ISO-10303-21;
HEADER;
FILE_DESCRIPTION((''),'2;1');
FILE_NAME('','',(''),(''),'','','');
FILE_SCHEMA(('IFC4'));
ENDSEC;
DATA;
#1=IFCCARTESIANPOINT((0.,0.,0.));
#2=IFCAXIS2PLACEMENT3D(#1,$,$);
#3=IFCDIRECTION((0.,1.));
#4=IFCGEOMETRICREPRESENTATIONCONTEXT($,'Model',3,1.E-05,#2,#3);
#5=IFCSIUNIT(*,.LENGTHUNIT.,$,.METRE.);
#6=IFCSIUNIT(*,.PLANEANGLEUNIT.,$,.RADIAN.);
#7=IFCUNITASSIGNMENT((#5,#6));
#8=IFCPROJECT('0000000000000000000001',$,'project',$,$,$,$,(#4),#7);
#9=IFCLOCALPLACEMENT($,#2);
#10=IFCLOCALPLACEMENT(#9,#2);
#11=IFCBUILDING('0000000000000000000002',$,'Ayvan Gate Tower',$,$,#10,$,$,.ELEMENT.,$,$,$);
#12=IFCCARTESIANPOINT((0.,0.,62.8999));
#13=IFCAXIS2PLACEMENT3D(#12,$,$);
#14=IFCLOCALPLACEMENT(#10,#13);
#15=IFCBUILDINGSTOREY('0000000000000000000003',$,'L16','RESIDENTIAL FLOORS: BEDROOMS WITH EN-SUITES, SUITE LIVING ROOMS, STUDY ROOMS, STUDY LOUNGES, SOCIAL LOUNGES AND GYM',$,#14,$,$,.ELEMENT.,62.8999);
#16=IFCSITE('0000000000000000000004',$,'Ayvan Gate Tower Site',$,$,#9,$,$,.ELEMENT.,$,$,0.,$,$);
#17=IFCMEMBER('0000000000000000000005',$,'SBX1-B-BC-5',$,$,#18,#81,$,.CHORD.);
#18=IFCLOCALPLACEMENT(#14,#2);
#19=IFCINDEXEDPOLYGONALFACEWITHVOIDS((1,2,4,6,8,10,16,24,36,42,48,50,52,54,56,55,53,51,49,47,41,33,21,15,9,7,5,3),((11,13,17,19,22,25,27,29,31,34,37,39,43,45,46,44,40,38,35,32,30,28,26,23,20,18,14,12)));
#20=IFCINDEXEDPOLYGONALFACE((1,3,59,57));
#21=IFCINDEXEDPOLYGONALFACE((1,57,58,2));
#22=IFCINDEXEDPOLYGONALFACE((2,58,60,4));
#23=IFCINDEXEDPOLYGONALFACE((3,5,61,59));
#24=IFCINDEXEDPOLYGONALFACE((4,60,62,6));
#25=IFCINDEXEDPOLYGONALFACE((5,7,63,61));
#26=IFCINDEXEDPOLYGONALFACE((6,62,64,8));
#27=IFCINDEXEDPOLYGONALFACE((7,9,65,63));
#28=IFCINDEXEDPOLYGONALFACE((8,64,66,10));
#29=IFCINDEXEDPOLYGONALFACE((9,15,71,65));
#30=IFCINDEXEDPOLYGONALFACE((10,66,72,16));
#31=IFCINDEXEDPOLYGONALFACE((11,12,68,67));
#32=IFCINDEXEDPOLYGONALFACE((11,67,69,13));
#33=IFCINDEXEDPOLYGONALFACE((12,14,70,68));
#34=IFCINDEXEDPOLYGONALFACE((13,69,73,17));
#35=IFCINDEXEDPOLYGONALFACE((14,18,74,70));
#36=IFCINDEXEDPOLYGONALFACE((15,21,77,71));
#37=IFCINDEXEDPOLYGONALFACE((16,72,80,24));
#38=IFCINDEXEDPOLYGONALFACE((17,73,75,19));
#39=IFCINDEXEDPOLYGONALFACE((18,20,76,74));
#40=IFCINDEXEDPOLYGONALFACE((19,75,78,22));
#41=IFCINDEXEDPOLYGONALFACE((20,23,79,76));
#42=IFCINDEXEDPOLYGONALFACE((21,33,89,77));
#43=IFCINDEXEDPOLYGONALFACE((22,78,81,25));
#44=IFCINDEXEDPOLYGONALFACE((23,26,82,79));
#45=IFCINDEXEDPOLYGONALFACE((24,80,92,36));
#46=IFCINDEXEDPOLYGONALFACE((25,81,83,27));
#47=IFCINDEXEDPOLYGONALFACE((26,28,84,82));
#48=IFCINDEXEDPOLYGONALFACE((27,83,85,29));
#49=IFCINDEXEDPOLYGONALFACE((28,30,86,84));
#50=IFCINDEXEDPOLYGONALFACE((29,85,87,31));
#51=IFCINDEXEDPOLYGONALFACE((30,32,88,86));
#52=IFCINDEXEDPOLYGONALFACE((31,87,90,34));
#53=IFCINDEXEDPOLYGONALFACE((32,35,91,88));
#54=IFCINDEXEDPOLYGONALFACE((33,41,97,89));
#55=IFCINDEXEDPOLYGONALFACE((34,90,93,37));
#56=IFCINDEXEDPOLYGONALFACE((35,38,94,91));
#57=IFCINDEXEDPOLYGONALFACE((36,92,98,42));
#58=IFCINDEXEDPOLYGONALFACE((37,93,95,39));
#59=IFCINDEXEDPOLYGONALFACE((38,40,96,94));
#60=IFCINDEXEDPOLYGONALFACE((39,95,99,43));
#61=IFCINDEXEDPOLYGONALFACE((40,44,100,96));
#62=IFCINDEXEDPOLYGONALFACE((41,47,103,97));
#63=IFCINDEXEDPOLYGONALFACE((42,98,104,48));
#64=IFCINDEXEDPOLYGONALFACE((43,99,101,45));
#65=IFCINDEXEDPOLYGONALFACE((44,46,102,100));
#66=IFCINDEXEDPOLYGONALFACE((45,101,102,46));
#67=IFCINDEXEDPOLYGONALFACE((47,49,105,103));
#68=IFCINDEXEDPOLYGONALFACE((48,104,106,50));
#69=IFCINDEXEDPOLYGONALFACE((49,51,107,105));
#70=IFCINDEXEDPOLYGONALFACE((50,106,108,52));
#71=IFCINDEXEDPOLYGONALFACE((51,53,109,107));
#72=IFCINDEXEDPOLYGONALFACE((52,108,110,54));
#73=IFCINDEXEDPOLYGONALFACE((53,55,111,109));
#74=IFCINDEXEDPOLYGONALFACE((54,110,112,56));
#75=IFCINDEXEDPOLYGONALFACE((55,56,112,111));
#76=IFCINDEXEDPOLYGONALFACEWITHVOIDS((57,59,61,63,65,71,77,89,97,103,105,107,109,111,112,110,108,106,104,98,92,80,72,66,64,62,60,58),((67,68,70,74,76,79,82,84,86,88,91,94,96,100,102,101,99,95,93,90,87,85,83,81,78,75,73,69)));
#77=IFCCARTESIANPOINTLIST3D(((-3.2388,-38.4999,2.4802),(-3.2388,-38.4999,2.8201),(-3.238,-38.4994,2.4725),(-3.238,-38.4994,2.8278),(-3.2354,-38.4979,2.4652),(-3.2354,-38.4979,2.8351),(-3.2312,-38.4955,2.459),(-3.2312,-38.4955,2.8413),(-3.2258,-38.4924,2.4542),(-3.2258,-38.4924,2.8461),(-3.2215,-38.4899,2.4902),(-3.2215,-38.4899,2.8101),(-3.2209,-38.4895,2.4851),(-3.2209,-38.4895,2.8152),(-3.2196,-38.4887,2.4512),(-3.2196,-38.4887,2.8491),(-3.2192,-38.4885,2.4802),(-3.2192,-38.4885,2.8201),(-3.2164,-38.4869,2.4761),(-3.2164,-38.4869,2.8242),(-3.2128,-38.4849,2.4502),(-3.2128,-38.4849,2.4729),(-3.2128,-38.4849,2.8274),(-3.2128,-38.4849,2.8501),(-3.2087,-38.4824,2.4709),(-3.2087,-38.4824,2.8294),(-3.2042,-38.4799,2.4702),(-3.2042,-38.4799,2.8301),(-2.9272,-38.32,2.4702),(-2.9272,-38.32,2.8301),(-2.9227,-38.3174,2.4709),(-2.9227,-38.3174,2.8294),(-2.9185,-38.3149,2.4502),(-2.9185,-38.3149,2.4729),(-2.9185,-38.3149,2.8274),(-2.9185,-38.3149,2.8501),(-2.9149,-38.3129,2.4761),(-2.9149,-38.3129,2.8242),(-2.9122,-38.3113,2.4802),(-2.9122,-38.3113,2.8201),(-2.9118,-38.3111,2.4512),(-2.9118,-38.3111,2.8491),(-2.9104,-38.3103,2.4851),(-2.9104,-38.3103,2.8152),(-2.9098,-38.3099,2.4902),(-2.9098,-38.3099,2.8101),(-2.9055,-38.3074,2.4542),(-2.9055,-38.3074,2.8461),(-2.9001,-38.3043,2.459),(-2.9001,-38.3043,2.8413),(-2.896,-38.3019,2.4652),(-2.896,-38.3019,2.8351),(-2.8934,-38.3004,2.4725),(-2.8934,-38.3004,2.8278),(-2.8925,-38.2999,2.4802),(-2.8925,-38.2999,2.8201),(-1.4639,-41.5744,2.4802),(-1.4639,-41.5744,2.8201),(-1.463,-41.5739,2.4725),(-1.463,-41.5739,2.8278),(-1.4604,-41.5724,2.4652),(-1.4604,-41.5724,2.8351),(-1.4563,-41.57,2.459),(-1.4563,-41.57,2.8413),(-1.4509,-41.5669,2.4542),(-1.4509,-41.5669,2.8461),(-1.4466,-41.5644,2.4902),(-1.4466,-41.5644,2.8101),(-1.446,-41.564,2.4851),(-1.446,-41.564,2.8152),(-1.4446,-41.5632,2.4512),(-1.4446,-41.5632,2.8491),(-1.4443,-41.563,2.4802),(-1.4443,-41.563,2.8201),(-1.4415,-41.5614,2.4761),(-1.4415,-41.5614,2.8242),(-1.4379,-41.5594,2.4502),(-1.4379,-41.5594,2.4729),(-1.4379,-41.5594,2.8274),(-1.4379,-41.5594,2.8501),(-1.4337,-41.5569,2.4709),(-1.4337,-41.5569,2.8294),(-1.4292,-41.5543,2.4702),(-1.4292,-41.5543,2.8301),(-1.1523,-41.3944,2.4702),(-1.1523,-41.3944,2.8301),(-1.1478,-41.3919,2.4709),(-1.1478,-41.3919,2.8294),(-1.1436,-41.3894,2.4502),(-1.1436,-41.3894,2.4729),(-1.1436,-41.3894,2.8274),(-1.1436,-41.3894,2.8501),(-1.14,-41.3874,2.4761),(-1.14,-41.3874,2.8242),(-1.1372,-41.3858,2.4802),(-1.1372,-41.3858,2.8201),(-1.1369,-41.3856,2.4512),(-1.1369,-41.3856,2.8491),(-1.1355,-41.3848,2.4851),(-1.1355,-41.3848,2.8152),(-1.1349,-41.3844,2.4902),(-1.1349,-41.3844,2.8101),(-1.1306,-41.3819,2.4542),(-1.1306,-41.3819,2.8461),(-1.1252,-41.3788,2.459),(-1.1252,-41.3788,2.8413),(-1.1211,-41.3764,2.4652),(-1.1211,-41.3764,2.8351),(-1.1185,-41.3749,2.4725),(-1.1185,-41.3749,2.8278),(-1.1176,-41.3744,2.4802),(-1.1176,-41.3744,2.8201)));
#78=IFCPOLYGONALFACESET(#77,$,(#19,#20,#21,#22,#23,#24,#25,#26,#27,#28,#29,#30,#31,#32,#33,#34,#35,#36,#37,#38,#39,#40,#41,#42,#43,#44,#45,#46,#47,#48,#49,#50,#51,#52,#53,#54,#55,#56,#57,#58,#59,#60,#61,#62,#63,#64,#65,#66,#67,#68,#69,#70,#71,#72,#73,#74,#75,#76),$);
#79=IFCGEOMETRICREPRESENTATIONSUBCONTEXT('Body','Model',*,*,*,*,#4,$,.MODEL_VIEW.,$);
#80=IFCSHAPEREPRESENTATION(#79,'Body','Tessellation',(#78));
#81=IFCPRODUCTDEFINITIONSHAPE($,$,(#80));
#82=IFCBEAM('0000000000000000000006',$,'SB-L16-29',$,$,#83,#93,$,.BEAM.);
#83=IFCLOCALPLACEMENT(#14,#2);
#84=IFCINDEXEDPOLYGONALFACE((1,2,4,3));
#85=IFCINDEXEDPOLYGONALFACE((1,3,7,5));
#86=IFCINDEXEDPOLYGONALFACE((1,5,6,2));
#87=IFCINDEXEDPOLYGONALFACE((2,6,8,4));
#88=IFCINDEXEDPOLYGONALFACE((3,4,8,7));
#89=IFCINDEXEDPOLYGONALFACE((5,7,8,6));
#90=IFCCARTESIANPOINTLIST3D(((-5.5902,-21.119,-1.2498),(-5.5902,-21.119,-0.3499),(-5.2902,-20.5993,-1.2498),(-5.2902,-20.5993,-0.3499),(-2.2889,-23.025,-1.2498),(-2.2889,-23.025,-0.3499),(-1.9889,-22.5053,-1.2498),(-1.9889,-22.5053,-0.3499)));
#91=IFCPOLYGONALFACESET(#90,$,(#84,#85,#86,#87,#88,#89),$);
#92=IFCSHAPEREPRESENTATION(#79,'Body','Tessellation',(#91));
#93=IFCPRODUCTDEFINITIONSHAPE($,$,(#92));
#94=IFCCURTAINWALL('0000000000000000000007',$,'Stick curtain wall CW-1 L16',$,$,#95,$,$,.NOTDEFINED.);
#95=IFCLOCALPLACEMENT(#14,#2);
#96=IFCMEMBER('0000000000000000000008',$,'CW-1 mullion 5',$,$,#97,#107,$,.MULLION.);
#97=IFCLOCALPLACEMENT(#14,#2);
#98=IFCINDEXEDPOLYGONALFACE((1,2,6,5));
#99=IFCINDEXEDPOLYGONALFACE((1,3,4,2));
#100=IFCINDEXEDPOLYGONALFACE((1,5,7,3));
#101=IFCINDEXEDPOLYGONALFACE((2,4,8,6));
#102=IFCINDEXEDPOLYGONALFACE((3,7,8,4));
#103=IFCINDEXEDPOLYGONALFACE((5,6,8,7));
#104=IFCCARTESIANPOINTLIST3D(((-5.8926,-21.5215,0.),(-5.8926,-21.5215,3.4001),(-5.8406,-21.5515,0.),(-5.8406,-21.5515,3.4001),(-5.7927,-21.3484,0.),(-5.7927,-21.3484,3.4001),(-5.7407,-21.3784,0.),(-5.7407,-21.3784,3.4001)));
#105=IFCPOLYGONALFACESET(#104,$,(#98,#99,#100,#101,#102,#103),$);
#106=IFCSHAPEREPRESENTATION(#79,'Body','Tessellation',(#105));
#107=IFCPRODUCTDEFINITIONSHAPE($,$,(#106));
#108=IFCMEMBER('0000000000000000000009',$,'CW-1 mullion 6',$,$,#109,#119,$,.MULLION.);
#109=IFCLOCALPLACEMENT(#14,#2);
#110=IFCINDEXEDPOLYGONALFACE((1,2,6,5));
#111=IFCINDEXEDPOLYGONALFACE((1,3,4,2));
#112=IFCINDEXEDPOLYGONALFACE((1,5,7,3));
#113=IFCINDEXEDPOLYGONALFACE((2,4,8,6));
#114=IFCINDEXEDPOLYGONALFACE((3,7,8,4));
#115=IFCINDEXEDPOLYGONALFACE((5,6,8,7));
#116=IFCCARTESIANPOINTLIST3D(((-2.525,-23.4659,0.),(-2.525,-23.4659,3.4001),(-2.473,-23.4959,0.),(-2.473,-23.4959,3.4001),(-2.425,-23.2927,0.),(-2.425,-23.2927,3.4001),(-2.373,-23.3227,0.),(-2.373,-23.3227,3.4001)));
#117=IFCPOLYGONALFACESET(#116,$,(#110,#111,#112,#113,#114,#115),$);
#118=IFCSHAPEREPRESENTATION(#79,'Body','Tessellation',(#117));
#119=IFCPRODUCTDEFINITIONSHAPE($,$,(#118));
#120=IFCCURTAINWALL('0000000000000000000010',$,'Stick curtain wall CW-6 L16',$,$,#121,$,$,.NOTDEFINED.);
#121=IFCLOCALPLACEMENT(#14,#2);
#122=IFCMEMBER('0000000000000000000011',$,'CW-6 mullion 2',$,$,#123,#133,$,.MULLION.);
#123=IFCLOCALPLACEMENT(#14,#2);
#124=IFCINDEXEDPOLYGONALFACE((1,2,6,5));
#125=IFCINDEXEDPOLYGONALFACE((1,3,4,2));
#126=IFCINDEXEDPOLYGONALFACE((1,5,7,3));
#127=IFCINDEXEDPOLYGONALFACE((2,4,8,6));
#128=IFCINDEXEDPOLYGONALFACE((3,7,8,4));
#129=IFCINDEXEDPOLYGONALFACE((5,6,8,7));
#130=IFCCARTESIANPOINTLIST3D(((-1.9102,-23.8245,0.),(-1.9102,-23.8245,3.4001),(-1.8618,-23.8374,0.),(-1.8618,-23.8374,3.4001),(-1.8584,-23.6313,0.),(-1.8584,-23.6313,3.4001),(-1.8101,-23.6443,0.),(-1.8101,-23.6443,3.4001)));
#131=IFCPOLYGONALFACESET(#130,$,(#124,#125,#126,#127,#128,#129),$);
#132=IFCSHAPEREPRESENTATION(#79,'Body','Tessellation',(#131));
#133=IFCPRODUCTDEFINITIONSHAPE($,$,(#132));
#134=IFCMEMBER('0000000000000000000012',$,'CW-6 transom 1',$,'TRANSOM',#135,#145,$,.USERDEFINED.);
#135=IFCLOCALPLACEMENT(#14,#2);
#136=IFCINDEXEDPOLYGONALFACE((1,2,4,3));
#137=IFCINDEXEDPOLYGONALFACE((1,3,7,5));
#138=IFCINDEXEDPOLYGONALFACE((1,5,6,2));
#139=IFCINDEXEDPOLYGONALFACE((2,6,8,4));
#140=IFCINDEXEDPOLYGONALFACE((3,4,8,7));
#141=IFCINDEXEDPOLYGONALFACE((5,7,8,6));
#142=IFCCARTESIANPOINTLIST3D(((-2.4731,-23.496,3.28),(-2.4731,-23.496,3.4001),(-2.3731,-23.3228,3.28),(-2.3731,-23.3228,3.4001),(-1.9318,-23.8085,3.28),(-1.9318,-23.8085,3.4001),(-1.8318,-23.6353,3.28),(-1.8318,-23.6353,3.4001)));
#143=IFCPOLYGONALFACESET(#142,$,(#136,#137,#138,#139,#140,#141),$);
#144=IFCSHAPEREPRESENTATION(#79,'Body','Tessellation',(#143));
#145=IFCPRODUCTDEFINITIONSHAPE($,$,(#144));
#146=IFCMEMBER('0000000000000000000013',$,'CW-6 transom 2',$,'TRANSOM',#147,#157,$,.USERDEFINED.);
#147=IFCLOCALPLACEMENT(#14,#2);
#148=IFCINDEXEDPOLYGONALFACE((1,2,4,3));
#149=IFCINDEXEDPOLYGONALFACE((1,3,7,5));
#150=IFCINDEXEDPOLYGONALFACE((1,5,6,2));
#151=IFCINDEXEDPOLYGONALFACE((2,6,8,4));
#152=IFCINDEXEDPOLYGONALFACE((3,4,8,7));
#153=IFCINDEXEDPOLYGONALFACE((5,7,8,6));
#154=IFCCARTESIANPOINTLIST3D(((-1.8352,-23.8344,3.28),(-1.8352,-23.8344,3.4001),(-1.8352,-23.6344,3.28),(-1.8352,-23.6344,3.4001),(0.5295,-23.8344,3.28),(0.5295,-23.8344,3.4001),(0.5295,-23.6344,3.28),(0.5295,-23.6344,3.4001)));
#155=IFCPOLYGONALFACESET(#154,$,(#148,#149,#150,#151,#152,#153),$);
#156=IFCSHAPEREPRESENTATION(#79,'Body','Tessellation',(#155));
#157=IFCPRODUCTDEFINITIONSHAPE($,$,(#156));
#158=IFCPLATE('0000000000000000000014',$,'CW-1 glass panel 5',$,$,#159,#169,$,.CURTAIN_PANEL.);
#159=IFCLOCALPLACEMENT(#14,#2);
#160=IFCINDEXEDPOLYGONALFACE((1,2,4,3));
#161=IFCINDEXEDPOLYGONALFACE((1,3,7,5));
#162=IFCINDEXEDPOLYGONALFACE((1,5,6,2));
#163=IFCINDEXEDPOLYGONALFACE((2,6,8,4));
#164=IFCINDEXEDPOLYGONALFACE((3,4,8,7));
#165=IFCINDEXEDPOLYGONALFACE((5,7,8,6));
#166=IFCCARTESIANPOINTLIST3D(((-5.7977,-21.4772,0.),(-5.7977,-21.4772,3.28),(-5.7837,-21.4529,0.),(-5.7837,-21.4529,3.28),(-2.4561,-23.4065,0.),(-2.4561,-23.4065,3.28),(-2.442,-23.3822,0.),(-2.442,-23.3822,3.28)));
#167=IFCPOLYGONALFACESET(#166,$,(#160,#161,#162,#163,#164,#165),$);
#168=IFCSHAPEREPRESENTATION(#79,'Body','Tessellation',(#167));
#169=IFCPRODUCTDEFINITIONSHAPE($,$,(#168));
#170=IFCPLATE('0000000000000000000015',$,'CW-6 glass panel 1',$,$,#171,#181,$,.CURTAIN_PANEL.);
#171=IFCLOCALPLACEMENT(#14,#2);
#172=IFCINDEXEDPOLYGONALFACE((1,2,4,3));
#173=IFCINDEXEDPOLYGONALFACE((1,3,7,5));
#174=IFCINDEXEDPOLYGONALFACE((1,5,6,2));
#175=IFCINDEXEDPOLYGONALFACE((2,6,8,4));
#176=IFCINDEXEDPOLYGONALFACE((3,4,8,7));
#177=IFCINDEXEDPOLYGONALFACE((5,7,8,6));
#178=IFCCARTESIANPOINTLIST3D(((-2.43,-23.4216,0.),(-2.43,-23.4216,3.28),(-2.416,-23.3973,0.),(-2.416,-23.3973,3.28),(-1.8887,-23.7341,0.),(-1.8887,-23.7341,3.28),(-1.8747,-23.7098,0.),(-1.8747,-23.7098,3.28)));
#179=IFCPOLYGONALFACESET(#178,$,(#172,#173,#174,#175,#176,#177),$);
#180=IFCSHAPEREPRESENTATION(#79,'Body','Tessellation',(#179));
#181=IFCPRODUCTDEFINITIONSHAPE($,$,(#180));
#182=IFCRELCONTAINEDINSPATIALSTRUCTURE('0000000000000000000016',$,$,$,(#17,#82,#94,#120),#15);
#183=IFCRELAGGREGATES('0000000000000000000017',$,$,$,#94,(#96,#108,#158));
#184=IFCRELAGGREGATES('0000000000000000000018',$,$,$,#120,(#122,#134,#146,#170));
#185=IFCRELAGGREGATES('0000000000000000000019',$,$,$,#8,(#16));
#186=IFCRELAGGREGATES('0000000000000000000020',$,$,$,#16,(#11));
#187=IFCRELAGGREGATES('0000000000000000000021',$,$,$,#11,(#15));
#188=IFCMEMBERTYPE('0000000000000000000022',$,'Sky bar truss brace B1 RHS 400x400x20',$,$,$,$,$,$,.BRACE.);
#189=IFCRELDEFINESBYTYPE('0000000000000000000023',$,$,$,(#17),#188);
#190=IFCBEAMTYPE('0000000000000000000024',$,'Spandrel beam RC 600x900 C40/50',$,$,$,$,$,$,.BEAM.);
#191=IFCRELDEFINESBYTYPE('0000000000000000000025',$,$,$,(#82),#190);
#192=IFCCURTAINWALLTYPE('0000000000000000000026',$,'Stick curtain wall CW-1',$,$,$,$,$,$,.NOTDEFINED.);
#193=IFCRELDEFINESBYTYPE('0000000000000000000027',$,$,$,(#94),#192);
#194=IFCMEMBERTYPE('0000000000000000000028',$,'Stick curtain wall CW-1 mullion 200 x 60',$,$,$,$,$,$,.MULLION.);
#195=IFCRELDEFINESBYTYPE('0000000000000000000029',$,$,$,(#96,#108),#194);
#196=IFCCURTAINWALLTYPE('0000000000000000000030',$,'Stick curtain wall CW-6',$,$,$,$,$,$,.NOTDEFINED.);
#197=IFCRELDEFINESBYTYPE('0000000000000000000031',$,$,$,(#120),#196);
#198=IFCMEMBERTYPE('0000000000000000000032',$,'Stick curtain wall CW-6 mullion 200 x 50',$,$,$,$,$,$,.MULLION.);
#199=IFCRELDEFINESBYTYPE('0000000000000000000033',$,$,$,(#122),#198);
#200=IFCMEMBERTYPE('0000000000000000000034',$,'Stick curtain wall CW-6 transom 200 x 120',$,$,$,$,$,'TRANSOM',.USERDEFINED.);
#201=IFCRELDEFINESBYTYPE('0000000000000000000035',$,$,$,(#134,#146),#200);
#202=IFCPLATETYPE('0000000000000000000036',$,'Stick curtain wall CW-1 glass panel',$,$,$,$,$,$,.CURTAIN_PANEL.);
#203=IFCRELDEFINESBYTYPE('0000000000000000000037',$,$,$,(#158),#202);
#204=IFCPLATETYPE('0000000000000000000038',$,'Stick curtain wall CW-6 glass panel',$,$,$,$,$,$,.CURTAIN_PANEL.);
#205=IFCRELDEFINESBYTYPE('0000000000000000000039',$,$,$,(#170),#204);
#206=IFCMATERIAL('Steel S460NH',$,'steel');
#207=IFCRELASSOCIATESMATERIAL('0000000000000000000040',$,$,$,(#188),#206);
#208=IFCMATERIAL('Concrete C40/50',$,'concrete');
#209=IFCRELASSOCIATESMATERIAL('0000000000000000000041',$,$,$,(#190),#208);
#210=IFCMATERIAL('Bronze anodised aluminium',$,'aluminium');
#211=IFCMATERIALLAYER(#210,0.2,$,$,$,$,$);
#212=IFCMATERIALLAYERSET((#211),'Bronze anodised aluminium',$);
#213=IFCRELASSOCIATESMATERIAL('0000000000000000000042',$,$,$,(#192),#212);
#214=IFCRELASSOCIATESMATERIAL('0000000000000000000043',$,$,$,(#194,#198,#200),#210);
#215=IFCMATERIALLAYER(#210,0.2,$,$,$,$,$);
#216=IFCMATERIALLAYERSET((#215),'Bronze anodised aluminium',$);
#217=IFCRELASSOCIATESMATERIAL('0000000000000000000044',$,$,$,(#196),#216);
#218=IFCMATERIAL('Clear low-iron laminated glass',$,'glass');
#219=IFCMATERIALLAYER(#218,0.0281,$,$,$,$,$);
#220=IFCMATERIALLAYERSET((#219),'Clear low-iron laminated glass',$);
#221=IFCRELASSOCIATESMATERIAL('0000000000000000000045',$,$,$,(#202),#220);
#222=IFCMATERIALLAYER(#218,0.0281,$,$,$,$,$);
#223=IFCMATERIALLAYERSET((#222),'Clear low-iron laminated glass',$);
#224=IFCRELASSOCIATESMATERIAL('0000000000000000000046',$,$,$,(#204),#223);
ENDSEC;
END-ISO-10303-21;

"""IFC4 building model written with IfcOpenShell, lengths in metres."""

from ifc_helpers import new_model, si_unit, direction, frame, origin, origin_2d, place, context, subcontext, project, spatial, rectangle, hollow_rectangle, extrude, material, layer, layer_set, material_profile, profile_set, type_object, element, aggregate, save


model = new_model("IFC4")

# Units and contexts
model_context = context("Model", 3, precision=1e-05, world=origin(), true_north=direction((0.0, 1.0)))
body_context = subcontext(model_context, "Body", "Model", "MODEL_VIEW")
ifc_project = project(units=[si_unit("LENGTHUNIT", "METRE"), si_unit("PLANEANGLEUNIT", "RADIAN")], contexts=[model_context])

# Site, building, storey
site_placement = place(None, origin())
site = spatial("IfcSite", under=ifc_project, at=site_placement, Name="Ayvan Gate Tower Site", CompositionType="ELEMENT", RefElevation=0.0)
building_placement = place(site_placement, origin())
building = spatial("IfcBuilding", under=site, at=building_placement, Name="Ayvan Gate Tower", CompositionType="ELEMENT")
storey_placement = place(building_placement, frame((0.0, 0.0, 62.8999)))
storey = spatial("IfcBuildingStorey", under=building, at=storey_placement, Name="L16", Description="RESIDENTIAL FLOORS: BEDROOMS WITH EN-SUITES, SUITE LIVING ROOMS, STUDY ROOMS, STUDY LOUNGES, SOCIAL LOUNGES AND GYM", CompositionType="ELEMENT", Elevation=62.8999)

# Shared definitions
ifc_material_1 = material(Name="Concrete C40/50", Category="concrete")

# Member
ifc_material_2 = material(Name="Steel S460NH", Category="steel")
ifc_material_profile_1 = material_profile(ifc_material_2, hollow_rectangle(XDim=0.3999, YDim=0.3999, WallThickness=0.02, InnerFilletRadius=0.02, OuterFilletRadius=0.03, at=origin_2d()), Name="RHS 400x400x20")
ifc_profile_set_1 = profile_set([ifc_material_profile_1], Name="Steel S460NH")
member_type_1 = type_object("IfcMemberType", Name="Sky bar truss brace B1 RHS 400x400x20", PredefinedType="BRACE", material=ifc_profile_set_1)
for number, where, z_axis, x_axis, name in (
    (1, (-3.0657, -38.3999, 2.6501), (0.49997, -0.866042, 0.0), (0.866042, 0.49997, 0.0), "SBX1-B-BC-5"),
):
    element("IfcMember", number, at=place(storey_placement, frame(where, z_axis=z_axis, x_axis=x_axis)), inside=storey, type_object=member_type_1, Name=name, PredefinedType="CHORD", context=body_context, shape_type="SweptSolid", body=[
        extrude(hollow_rectangle(XDim=0.3999, YDim=0.3999, WallThickness=0.02, InnerFilletRadius=0.02, OuterFilletRadius=0.03, at=origin_2d()), origin(), (0.0, 0.0, 1.0), 3.55),
    ])

# Beam
ifc_material_profile_2 = material_profile(ifc_material_1, rectangle(XDim=0.6001, YDim=0.8999, at=origin_2d()), Name="RC 600x900")
ifc_profile_set_2 = profile_set([ifc_material_profile_2], Name="Concrete C40/50")
beam_type_1 = type_object("IfcBeamType", Name="Spandrel beam RC 600x900 C40/50", PredefinedType="BEAM", material=ifc_profile_set_2)
beam_1_placement = place(storey_placement, frame((-5.4402, -20.8591, -0.7998), z_axis=(0.866023, -0.500003, 0.0), x_axis=(0.500003, 0.866023, 0.0)))
element("IfcBeam", 2, at=beam_1_placement, inside=storey, type_object=beam_type_1, Name="SB-L16-29", PredefinedType="BEAM", context=body_context, shape_type="SweptSolid", body=[
    extrude(rectangle(XDim=0.6001, YDim=0.8999, at=origin_2d()), origin(), (0.0, 0.0, 1.0), 3.812),
])

# Curtain walls, members
ifc_material_3 = material(Name="Bronze anodised aluminium", Category="aluminium")
ifc_layer_1 = layer(ifc_material_3, 0.2)
ifc_layer_set_1 = layer_set([ifc_layer_1], Name="Bronze anodised aluminium")
curtain_wall_type_1 = type_object("IfcCurtainWallType", Name="Stick curtain wall CW-1", PredefinedType="NOTDEFINED", material=ifc_layer_set_1)
curtain_wall_1_placement = place(storey_placement, origin())
curtain_wall_1 = element("IfcCurtainWall", 3, at=curtain_wall_1_placement, inside=storey, type_object=curtain_wall_type_1, Name="Stick curtain wall CW-1 L16", PredefinedType="NOTDEFINED")
ifc_material_profile_3 = material_profile(ifc_material_3, rectangle(XDim=0.2, YDim=0.0601, at=origin_2d()), Name="Stick curtain wall CW-1 mullion 200 x 60")
ifc_profile_set_3 = profile_set([ifc_material_profile_3], Name="Bronze anodised aluminium")
member_type_2 = type_object("IfcMemberType", Name="Stick curtain wall CW-1 mullion 200 x 60", PredefinedType="MULLION", material=ifc_profile_set_3)
member_1_placement = place(storey_placement, frame((-5.8167, -21.45, 0.0), z_axis=(0.0, 0.0, 1.0), x_axis=(-0.5, -0.866025, 0.0)))
member_1 = element("IfcMember", 4, at=member_1_placement, type_object=member_type_2, Name="CW-1 mullion 5", PredefinedType="MULLION", context=body_context, shape_type="SweptSolid", body=[
    extrude(rectangle(XDim=0.2, YDim=0.0601, at=origin_2d()), origin(), (0.0, 0.0, 1.0), 3.4001),
])
member_2_placement = place(storey_placement, frame((-2.449, -23.3943, 0.0), z_axis=(0.0, 0.0, 1.0), x_axis=(-0.5, -0.866025, 0.0)))
member_2 = element("IfcMember", 5, at=member_2_placement, type_object=member_type_2, Name="CW-1 mullion 6", PredefinedType="MULLION", context=body_context, shape_type="SweptSolid", body=[
    extrude(rectangle(XDim=0.2, YDim=0.0601, at=origin_2d()), origin(), (0.0, 0.0, 1.0), 3.4001),
])
ifc_layer_2 = layer(ifc_material_3, 0.2)
ifc_layer_set_2 = layer_set([ifc_layer_2], Name="Bronze anodised aluminium")
curtain_wall_type_2 = type_object("IfcCurtainWallType", Name="Stick curtain wall CW-6", PredefinedType="NOTDEFINED", material=ifc_layer_set_2)
curtain_wall_2_placement = place(storey_placement, origin())
curtain_wall_2 = element("IfcCurtainWall", 6, at=curtain_wall_2_placement, inside=storey, type_object=curtain_wall_type_2, Name="Stick curtain wall CW-6 L16", PredefinedType="NOTDEFINED")
ifc_material_profile_4 = material_profile(ifc_material_3, rectangle(XDim=0.2, YDim=0.05, at=origin_2d()), Name="Stick curtain wall CW-6 mullion 200 x 50")
ifc_profile_set_4 = profile_set([ifc_material_profile_4], Name="Bronze anodised aluminium")
member_type_3 = type_object("IfcMemberType", Name="Stick curtain wall CW-6 mullion 200 x 50", PredefinedType="MULLION", material=ifc_profile_set_4)
member_3_placement = place(storey_placement, frame((-1.8601, -23.7344, 0.0), z_axis=(0.0, 0.0, 1.0), x_axis=(-0.258819, -0.965926, 0.0)))
member_3 = element("IfcMember", 7, at=member_3_placement, type_object=member_type_3, Name="CW-6 mullion 2", PredefinedType="MULLION", context=body_context, shape_type="SweptSolid", body=[
    extrude(rectangle(XDim=0.2, YDim=0.05, at=origin_2d()), origin(), (0.0, 0.0, 1.0), 3.4001),
])
ifc_material_profile_5 = material_profile(ifc_material_3, rectangle(XDim=0.2, YDim=0.1201, at=origin_2d()), Name="Stick curtain wall CW-6 transom 200 x 120")
ifc_profile_set_5 = profile_set([ifc_material_profile_5], Name="Bronze anodised aluminium")
member_type_4 = type_object("IfcMemberType", Name="Stick curtain wall CW-6 transom 200 x 120", ElementType="TRANSOM", PredefinedType="USERDEFINED", material=ifc_profile_set_5)
member_4_placement = place(storey_placement, frame((-2.4231, -23.4094, 3.3401), z_axis=(0.866023, -0.500004, 0.0), x_axis=(0.500004, 0.866023, 0.0)))
member_4 = element("IfcMember", 8, at=member_4_placement, type_object=member_type_4, Name="CW-6 transom 1", ObjectType="TRANSOM", PredefinedType="USERDEFINED", context=body_context, shape_type="SweptSolid", body=[
    extrude(rectangle(XDim=0.2, YDim=0.1201, at=origin_2d()), origin(), (0.0, 0.0, 1.0), 0.625),
])
member_5_placement = place(storey_placement, frame((-1.8352, -23.7344, 3.3401), z_axis=(1.0, 0.0, 0.0), x_axis=(0.0, 1.0, 0.0)))
member_5 = element("IfcMember", 9, at=member_5_placement, type_object=member_type_4, Name="CW-6 transom 2", ObjectType="TRANSOM", PredefinedType="USERDEFINED", context=body_context, shape_type="SweptSolid", body=[
    extrude(rectangle(XDim=0.2, YDim=0.1201, at=origin_2d()), origin(), (0.0, 0.0, 1.0), 2.3647),
])

# Plates
ifc_material_4 = material(Name="Clear low-iron laminated glass", Category="glass")
ifc_layer_3 = layer(ifc_material_4, 0.0281)
ifc_layer_set_3 = layer_set([ifc_layer_3], Name="Clear low-iron laminated glass")
plate_type_1 = type_object("IfcPlateType", Name="Stick curtain wall CW-1 glass panel", PredefinedType="CURTAIN_PANEL", material=ifc_layer_set_3)
plate_1_placement = place(storey_placement, frame((-4.1199, -22.4297, 0.0), z_axis=(0.0, 0.0, 1.0), x_axis=(0.866025, -0.5, 0.0)))
plate_1 = element("IfcPlate", 10, at=plate_1_placement, type_object=plate_type_1, Name="CW-1 glass panel 5", PredefinedType="CURTAIN_PANEL", context=body_context, shape_type="SweptSolid", body=[
    extrude(rectangle(XDim=3.8586, YDim=0.0281, at=origin_2d()), origin(), (0.0, 0.0, 1.0), 3.28),
])
aggregate(curtain_wall_1, [member_1, member_2, plate_1])
ifc_layer_4 = layer(ifc_material_4, 0.0281)
ifc_layer_set_4 = layer_set([ifc_layer_4], Name="Clear low-iron laminated glass")
plate_type_2 = type_object("IfcPlateType", Name="Stick curtain wall CW-6 glass panel", PredefinedType="CURTAIN_PANEL", material=ifc_layer_set_4)
plate_2_placement = place(storey_placement, frame((-2.1523, -23.5657, 0.0), z_axis=(0.0, 0.0, 1.0), x_axis=(0.866025, -0.5, 0.0)))
plate_2 = element("IfcPlate", 11, at=plate_2_placement, type_object=plate_type_2, Name="CW-6 glass panel 1", PredefinedType="CURTAIN_PANEL", context=body_context, shape_type="SweptSolid", body=[
    extrude(rectangle(XDim=0.625, YDim=0.0281, at=origin_2d()), origin(), (0.0, 0.0, 1.0), 3.28),
])
aggregate(curtain_wall_2, [member_3, member_4, member_5, plate_2])

save(model, "model.ifc")
